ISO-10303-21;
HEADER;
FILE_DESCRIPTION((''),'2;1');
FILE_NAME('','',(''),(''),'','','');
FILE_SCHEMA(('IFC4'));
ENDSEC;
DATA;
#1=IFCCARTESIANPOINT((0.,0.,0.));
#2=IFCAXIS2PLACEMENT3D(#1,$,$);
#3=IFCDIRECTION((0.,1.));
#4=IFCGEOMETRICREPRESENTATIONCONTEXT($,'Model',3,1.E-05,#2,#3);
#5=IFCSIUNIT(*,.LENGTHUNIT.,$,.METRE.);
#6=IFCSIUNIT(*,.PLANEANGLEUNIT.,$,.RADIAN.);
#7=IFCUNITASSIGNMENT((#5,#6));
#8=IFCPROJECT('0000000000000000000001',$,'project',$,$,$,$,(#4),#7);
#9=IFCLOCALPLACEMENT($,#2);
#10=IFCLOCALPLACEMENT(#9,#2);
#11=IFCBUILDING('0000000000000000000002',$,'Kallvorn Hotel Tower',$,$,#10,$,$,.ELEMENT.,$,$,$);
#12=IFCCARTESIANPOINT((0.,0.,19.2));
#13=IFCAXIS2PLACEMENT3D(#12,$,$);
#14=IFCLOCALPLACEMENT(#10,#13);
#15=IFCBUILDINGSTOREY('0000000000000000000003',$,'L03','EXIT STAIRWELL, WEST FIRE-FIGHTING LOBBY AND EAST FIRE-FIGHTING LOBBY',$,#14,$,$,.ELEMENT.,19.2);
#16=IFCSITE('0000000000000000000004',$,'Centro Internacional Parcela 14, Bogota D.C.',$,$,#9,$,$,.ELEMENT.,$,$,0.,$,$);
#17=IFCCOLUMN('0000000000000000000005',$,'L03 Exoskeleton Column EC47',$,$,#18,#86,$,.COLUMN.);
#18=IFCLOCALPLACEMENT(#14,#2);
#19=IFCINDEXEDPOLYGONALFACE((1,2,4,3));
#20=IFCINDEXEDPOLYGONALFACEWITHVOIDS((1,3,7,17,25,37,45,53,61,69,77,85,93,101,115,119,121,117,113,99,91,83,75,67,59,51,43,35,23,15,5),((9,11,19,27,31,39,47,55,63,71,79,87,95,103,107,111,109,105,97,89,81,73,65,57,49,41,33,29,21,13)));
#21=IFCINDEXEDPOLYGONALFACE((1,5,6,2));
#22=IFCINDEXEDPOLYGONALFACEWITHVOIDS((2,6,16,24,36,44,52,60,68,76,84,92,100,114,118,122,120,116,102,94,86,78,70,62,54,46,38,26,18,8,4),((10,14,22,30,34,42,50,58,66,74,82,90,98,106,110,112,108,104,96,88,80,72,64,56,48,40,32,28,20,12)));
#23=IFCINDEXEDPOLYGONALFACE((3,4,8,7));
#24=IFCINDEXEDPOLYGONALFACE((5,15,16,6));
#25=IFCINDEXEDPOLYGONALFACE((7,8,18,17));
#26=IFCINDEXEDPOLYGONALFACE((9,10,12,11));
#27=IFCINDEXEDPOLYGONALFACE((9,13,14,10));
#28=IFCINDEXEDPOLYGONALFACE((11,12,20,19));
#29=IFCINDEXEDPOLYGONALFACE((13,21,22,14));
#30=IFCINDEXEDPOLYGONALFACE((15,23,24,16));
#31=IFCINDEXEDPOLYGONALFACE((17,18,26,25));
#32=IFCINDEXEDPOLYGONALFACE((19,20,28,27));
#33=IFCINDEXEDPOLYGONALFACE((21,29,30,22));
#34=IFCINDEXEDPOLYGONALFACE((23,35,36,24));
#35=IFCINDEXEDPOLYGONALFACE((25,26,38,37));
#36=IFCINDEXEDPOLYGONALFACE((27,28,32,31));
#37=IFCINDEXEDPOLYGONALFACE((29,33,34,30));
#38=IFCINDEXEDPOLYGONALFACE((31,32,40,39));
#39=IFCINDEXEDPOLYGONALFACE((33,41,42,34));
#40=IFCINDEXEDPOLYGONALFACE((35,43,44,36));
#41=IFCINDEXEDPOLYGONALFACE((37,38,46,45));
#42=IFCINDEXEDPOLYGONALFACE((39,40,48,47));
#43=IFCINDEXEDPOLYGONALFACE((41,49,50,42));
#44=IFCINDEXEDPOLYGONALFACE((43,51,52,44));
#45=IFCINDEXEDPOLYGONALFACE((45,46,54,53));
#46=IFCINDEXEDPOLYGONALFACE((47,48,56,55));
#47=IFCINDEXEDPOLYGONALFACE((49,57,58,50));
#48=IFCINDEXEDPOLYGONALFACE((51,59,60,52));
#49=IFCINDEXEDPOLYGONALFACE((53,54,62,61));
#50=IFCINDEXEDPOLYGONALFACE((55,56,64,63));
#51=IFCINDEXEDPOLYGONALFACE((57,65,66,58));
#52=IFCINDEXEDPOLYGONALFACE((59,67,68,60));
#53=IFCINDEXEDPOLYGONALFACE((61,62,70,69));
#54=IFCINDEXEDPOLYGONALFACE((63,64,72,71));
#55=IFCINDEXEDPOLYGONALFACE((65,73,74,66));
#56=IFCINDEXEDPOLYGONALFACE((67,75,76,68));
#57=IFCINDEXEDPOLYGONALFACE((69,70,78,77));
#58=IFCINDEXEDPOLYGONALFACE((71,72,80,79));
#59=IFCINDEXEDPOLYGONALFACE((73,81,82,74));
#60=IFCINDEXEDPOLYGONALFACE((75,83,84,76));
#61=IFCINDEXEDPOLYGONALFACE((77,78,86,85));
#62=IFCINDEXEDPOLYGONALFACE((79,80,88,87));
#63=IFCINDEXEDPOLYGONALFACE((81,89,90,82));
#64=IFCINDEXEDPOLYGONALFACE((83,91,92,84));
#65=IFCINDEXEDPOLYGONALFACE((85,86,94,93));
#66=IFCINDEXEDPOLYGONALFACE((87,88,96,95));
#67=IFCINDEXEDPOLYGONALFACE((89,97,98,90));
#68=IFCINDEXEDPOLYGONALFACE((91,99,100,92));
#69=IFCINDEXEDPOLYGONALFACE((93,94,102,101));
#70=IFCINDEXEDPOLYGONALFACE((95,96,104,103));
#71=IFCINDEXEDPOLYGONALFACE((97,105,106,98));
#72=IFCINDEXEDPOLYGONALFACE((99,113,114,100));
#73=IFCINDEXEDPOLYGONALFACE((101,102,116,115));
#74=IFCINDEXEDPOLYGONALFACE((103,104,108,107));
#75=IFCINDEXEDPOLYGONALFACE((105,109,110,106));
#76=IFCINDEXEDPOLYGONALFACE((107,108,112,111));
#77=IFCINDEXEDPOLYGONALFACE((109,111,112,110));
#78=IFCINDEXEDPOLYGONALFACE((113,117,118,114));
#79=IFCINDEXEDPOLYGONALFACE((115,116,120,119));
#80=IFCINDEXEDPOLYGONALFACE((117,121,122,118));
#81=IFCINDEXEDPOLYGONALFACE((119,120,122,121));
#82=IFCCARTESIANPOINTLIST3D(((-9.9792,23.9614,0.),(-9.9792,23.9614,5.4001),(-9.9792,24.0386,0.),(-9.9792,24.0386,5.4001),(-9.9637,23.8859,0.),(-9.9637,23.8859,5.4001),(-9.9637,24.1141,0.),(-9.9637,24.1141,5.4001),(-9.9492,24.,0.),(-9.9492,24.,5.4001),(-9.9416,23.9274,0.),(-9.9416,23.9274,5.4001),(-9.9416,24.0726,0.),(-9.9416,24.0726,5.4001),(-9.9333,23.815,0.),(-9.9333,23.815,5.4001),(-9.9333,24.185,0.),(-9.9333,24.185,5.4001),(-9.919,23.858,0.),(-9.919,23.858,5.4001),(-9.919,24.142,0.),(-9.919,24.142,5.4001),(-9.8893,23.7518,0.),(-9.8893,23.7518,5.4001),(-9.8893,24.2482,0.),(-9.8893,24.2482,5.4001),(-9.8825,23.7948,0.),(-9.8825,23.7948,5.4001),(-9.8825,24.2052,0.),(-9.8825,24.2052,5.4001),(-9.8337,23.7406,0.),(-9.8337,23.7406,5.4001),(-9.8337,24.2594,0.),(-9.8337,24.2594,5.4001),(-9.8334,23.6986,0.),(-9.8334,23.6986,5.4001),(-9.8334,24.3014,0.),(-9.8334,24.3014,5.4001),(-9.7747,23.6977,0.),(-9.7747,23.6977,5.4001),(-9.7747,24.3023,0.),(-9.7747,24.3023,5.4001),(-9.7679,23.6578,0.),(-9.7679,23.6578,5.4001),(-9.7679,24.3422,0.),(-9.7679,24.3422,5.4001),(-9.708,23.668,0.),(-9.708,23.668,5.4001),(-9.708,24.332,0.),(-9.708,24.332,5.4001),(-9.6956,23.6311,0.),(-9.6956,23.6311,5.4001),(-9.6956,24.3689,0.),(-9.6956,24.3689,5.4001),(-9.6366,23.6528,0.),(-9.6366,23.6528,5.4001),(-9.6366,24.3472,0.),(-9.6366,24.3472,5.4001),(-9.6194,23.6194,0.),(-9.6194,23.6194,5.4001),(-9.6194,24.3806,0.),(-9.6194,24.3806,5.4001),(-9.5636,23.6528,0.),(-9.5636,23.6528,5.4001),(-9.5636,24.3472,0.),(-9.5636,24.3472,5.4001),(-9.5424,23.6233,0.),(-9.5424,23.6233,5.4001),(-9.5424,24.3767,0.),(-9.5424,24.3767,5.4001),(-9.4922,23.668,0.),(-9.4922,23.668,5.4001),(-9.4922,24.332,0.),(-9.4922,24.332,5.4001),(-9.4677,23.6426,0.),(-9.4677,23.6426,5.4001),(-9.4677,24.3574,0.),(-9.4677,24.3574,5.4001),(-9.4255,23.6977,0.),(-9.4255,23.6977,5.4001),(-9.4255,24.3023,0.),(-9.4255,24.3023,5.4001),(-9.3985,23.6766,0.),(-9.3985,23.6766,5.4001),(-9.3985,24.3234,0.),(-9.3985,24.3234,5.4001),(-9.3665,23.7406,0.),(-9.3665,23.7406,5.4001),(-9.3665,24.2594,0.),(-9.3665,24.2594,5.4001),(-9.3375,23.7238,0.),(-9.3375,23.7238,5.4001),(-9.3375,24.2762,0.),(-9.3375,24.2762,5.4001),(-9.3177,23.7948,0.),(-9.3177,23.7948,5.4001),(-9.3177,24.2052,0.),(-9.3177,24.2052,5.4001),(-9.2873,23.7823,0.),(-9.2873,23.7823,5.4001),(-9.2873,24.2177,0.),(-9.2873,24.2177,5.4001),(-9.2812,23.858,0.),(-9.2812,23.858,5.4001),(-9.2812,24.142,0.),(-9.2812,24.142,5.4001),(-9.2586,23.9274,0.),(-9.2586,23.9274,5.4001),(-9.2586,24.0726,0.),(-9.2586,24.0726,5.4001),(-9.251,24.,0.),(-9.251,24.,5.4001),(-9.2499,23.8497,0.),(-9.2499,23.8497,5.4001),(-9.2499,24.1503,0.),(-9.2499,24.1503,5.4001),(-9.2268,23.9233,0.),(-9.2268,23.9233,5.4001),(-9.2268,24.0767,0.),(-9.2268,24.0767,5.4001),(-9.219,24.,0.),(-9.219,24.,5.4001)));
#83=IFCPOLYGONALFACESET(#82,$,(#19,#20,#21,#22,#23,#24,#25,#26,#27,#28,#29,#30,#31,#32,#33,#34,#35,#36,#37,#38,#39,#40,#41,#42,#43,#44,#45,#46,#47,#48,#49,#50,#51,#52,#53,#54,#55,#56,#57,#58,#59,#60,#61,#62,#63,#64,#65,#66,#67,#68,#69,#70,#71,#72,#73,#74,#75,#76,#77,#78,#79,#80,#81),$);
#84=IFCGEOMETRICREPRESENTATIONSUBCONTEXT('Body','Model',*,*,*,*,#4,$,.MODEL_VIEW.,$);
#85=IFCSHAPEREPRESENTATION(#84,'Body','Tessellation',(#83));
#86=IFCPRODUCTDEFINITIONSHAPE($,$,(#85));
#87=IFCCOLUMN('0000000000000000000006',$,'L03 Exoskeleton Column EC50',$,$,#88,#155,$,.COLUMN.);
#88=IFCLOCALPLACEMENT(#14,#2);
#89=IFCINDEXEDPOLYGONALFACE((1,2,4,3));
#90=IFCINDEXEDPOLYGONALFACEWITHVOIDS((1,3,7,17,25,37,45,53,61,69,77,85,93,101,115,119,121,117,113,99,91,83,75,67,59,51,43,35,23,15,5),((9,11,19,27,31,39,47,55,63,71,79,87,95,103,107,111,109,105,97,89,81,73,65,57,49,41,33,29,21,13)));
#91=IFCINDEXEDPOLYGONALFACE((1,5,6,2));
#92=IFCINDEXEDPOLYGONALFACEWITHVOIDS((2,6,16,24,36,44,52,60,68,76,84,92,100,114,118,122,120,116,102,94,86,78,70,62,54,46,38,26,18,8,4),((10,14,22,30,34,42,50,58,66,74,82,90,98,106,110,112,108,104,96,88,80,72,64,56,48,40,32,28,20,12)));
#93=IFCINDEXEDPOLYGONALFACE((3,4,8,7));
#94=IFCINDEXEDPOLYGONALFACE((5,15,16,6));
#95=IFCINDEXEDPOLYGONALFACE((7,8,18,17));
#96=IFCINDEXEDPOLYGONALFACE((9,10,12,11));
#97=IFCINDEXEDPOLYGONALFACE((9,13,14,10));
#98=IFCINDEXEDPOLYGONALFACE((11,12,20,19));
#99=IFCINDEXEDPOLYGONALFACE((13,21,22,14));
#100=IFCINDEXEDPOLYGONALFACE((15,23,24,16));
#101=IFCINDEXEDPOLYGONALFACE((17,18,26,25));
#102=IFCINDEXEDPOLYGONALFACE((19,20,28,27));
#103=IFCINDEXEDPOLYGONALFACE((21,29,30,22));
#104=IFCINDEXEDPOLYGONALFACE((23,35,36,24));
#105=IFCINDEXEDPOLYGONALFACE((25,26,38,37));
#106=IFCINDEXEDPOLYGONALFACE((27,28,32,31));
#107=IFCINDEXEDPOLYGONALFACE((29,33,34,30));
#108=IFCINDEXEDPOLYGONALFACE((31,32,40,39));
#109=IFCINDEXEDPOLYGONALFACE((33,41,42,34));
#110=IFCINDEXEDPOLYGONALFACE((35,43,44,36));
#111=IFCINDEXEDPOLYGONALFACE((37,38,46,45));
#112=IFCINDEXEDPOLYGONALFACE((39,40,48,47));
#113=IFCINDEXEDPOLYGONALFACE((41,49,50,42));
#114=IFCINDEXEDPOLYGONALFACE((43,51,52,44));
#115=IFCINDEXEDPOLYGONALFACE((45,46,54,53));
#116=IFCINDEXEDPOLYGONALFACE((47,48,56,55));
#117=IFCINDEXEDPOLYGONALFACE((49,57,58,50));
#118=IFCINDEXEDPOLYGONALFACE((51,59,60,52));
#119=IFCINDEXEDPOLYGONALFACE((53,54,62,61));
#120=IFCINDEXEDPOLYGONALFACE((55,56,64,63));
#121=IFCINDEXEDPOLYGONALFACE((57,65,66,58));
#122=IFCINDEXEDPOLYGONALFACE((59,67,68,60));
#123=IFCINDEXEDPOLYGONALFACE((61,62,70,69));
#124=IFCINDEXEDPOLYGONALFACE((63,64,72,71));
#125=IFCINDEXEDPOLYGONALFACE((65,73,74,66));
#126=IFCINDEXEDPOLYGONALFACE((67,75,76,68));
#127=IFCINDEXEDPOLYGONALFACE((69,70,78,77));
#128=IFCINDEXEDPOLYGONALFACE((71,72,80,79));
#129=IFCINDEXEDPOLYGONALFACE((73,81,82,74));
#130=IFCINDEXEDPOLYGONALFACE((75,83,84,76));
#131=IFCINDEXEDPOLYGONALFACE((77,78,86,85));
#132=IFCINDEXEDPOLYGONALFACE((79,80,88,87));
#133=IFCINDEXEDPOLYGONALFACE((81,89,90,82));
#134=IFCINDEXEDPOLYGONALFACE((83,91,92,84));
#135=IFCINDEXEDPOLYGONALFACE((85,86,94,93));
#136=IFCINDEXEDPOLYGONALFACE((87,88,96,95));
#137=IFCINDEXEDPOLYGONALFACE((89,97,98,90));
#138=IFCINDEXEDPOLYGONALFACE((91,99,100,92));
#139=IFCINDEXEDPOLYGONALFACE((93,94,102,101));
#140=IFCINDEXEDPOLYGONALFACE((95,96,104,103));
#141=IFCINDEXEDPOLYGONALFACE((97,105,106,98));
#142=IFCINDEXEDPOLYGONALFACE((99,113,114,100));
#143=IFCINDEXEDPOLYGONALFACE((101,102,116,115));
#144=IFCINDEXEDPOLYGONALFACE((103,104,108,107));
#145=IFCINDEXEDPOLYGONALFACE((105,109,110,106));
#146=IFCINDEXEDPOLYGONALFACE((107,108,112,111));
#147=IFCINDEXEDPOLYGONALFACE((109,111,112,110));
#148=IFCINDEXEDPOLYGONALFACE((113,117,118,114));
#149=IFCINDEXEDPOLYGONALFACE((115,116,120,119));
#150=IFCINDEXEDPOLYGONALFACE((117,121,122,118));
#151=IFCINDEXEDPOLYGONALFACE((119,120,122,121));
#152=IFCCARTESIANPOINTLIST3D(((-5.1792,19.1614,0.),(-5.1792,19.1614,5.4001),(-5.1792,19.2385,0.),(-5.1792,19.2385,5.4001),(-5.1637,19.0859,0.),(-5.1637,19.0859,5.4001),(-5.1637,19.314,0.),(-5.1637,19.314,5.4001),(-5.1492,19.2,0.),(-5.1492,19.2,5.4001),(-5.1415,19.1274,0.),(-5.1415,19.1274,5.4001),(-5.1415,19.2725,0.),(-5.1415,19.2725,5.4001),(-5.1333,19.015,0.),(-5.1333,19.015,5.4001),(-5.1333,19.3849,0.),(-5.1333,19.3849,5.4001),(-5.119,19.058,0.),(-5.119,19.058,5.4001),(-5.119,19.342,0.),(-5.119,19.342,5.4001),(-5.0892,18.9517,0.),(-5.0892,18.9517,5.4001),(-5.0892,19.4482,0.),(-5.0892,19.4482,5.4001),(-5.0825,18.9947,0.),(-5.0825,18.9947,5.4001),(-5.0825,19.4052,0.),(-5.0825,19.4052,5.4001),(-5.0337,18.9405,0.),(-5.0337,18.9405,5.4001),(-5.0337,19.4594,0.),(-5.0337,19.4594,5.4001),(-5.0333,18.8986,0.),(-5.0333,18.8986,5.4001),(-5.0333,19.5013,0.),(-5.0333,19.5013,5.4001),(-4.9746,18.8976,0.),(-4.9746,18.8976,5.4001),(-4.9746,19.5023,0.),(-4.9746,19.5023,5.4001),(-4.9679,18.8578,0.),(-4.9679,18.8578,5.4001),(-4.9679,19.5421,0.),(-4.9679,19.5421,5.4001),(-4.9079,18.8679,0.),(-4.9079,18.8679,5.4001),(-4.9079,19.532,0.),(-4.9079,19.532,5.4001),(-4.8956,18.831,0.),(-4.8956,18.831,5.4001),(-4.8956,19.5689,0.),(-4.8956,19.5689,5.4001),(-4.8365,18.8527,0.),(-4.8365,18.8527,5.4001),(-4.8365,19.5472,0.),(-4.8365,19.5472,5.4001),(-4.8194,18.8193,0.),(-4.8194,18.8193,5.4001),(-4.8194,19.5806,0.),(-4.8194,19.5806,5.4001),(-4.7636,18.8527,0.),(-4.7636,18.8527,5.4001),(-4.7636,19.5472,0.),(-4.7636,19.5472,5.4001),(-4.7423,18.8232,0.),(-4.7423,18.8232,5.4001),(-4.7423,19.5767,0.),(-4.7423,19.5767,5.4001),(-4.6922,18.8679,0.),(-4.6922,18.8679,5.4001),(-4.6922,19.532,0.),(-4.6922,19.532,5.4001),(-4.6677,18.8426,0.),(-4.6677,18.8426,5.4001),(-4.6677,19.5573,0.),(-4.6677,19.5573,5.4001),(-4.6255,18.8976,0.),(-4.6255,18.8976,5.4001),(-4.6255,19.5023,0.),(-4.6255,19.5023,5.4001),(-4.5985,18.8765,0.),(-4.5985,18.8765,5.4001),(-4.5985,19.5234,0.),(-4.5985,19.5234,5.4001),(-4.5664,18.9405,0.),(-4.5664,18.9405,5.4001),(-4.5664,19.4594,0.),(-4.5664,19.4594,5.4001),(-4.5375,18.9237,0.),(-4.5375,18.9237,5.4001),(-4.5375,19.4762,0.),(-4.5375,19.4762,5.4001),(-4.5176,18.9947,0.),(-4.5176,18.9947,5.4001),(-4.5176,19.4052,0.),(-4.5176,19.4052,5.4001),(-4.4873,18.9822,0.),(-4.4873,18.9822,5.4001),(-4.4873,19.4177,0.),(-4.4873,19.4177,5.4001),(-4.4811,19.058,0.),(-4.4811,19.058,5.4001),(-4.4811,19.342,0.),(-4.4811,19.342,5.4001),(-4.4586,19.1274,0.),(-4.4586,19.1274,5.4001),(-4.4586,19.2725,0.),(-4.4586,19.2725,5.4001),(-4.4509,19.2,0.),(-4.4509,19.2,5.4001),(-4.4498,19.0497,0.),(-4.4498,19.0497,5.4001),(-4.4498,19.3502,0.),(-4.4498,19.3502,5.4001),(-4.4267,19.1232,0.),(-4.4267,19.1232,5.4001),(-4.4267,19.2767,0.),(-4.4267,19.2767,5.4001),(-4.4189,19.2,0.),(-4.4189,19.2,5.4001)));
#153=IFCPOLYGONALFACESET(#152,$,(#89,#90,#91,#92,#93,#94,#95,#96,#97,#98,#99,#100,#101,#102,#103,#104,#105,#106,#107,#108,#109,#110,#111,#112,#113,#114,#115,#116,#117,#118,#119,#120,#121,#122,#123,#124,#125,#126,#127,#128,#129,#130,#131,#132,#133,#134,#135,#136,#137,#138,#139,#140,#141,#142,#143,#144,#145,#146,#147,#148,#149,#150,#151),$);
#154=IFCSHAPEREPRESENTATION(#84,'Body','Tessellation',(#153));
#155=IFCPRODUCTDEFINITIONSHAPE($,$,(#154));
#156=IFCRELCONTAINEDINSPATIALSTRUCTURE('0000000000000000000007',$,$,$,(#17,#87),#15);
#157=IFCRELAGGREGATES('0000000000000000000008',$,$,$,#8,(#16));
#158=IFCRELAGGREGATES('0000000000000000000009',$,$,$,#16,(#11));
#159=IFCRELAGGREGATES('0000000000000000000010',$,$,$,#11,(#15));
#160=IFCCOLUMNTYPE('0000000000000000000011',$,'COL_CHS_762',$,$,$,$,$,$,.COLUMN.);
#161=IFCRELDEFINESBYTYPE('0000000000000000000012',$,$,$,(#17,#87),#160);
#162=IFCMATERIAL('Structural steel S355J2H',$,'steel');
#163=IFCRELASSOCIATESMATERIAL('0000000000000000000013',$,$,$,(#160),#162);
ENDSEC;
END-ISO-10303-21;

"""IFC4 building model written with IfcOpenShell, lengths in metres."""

from ifc_helpers import new_model, si_unit, direction, frame, origin, origin_2d, place, context, subcontext, project, spatial, hollow_circle, extrude, material, material_profile, profile_set, type_object, element, save


model = new_model("IFC4")

# Units and contexts
model_context = context("Model", 3, precision=1e-05, world=origin(), true_north=direction((0.0, 1.0)))
body_context = subcontext(model_context, "Body", "Model", "MODEL_VIEW")
ifc_project = project(units=[si_unit("LENGTHUNIT", "METRE"), si_unit("PLANEANGLEUNIT", "RADIAN")], contexts=[model_context])

# Site, building, storey
site_placement = place(None, origin())
site = spatial("IfcSite", under=ifc_project, at=site_placement, Name="Centro Internacional Parcela 14, Bogota D.C.", CompositionType="ELEMENT", RefElevation=0.0)
building_placement = place(site_placement, origin())
building = spatial("IfcBuilding", under=site, at=building_placement, Name="Kallvorn Hotel Tower", CompositionType="ELEMENT")
storey_placement = place(building_placement, frame((0.0, 0.0, 19.2)))
storey = spatial("IfcBuildingStorey", under=building, at=storey_placement, Name="L03", Description="EXIT STAIRWELL, WEST FIRE-FIGHTING LOBBY AND EAST FIRE-FIGHTING LOBBY", CompositionType="ELEMENT", Elevation=19.2)

# Columns
ifc_material_1 = material(Name="Structural steel S355J2H", Category="steel")
ifc_material_profile_1 = material_profile(ifc_material_1, hollow_circle(Radius=0.3811, WallThickness=0.032, at=origin_2d()), Name="CHS 762x32")
ifc_profile_set_1 = profile_set([ifc_material_profile_1], Name="Structural steel S355J2H")
column_type_1 = type_object("IfcColumnType", Name="COL_CHS_762", PredefinedType="COLUMN", material=ifc_profile_set_1)
for number, where, z_axis, x_axis, name in (
    (1, (-9.6001, 24.0, 0.0), (0.0, 0.0, 1.0), (1.0, 0.0, 0.0), "L03 Exoskeleton Column EC47"),
    (2, (-4.8, 19.2, 0.0), (0.0, 0.0, 1.0), (1.0, 0.0, 0.0), "L03 Exoskeleton Column EC50"),
):
    element("IfcColumn", number, at=place(storey_placement, frame(where, z_axis=z_axis, x_axis=x_axis)), inside=storey, type_object=column_type_1, Name=name, PredefinedType="COLUMN", context=body_context, shape_type="SweptSolid", body=[
        extrude(hollow_circle(Radius=0.3811, WallThickness=0.032, at=origin_2d()), origin(), (0.0, 0.0, 1.0), 5.4001),
    ])

save(model, "model.ifc")
